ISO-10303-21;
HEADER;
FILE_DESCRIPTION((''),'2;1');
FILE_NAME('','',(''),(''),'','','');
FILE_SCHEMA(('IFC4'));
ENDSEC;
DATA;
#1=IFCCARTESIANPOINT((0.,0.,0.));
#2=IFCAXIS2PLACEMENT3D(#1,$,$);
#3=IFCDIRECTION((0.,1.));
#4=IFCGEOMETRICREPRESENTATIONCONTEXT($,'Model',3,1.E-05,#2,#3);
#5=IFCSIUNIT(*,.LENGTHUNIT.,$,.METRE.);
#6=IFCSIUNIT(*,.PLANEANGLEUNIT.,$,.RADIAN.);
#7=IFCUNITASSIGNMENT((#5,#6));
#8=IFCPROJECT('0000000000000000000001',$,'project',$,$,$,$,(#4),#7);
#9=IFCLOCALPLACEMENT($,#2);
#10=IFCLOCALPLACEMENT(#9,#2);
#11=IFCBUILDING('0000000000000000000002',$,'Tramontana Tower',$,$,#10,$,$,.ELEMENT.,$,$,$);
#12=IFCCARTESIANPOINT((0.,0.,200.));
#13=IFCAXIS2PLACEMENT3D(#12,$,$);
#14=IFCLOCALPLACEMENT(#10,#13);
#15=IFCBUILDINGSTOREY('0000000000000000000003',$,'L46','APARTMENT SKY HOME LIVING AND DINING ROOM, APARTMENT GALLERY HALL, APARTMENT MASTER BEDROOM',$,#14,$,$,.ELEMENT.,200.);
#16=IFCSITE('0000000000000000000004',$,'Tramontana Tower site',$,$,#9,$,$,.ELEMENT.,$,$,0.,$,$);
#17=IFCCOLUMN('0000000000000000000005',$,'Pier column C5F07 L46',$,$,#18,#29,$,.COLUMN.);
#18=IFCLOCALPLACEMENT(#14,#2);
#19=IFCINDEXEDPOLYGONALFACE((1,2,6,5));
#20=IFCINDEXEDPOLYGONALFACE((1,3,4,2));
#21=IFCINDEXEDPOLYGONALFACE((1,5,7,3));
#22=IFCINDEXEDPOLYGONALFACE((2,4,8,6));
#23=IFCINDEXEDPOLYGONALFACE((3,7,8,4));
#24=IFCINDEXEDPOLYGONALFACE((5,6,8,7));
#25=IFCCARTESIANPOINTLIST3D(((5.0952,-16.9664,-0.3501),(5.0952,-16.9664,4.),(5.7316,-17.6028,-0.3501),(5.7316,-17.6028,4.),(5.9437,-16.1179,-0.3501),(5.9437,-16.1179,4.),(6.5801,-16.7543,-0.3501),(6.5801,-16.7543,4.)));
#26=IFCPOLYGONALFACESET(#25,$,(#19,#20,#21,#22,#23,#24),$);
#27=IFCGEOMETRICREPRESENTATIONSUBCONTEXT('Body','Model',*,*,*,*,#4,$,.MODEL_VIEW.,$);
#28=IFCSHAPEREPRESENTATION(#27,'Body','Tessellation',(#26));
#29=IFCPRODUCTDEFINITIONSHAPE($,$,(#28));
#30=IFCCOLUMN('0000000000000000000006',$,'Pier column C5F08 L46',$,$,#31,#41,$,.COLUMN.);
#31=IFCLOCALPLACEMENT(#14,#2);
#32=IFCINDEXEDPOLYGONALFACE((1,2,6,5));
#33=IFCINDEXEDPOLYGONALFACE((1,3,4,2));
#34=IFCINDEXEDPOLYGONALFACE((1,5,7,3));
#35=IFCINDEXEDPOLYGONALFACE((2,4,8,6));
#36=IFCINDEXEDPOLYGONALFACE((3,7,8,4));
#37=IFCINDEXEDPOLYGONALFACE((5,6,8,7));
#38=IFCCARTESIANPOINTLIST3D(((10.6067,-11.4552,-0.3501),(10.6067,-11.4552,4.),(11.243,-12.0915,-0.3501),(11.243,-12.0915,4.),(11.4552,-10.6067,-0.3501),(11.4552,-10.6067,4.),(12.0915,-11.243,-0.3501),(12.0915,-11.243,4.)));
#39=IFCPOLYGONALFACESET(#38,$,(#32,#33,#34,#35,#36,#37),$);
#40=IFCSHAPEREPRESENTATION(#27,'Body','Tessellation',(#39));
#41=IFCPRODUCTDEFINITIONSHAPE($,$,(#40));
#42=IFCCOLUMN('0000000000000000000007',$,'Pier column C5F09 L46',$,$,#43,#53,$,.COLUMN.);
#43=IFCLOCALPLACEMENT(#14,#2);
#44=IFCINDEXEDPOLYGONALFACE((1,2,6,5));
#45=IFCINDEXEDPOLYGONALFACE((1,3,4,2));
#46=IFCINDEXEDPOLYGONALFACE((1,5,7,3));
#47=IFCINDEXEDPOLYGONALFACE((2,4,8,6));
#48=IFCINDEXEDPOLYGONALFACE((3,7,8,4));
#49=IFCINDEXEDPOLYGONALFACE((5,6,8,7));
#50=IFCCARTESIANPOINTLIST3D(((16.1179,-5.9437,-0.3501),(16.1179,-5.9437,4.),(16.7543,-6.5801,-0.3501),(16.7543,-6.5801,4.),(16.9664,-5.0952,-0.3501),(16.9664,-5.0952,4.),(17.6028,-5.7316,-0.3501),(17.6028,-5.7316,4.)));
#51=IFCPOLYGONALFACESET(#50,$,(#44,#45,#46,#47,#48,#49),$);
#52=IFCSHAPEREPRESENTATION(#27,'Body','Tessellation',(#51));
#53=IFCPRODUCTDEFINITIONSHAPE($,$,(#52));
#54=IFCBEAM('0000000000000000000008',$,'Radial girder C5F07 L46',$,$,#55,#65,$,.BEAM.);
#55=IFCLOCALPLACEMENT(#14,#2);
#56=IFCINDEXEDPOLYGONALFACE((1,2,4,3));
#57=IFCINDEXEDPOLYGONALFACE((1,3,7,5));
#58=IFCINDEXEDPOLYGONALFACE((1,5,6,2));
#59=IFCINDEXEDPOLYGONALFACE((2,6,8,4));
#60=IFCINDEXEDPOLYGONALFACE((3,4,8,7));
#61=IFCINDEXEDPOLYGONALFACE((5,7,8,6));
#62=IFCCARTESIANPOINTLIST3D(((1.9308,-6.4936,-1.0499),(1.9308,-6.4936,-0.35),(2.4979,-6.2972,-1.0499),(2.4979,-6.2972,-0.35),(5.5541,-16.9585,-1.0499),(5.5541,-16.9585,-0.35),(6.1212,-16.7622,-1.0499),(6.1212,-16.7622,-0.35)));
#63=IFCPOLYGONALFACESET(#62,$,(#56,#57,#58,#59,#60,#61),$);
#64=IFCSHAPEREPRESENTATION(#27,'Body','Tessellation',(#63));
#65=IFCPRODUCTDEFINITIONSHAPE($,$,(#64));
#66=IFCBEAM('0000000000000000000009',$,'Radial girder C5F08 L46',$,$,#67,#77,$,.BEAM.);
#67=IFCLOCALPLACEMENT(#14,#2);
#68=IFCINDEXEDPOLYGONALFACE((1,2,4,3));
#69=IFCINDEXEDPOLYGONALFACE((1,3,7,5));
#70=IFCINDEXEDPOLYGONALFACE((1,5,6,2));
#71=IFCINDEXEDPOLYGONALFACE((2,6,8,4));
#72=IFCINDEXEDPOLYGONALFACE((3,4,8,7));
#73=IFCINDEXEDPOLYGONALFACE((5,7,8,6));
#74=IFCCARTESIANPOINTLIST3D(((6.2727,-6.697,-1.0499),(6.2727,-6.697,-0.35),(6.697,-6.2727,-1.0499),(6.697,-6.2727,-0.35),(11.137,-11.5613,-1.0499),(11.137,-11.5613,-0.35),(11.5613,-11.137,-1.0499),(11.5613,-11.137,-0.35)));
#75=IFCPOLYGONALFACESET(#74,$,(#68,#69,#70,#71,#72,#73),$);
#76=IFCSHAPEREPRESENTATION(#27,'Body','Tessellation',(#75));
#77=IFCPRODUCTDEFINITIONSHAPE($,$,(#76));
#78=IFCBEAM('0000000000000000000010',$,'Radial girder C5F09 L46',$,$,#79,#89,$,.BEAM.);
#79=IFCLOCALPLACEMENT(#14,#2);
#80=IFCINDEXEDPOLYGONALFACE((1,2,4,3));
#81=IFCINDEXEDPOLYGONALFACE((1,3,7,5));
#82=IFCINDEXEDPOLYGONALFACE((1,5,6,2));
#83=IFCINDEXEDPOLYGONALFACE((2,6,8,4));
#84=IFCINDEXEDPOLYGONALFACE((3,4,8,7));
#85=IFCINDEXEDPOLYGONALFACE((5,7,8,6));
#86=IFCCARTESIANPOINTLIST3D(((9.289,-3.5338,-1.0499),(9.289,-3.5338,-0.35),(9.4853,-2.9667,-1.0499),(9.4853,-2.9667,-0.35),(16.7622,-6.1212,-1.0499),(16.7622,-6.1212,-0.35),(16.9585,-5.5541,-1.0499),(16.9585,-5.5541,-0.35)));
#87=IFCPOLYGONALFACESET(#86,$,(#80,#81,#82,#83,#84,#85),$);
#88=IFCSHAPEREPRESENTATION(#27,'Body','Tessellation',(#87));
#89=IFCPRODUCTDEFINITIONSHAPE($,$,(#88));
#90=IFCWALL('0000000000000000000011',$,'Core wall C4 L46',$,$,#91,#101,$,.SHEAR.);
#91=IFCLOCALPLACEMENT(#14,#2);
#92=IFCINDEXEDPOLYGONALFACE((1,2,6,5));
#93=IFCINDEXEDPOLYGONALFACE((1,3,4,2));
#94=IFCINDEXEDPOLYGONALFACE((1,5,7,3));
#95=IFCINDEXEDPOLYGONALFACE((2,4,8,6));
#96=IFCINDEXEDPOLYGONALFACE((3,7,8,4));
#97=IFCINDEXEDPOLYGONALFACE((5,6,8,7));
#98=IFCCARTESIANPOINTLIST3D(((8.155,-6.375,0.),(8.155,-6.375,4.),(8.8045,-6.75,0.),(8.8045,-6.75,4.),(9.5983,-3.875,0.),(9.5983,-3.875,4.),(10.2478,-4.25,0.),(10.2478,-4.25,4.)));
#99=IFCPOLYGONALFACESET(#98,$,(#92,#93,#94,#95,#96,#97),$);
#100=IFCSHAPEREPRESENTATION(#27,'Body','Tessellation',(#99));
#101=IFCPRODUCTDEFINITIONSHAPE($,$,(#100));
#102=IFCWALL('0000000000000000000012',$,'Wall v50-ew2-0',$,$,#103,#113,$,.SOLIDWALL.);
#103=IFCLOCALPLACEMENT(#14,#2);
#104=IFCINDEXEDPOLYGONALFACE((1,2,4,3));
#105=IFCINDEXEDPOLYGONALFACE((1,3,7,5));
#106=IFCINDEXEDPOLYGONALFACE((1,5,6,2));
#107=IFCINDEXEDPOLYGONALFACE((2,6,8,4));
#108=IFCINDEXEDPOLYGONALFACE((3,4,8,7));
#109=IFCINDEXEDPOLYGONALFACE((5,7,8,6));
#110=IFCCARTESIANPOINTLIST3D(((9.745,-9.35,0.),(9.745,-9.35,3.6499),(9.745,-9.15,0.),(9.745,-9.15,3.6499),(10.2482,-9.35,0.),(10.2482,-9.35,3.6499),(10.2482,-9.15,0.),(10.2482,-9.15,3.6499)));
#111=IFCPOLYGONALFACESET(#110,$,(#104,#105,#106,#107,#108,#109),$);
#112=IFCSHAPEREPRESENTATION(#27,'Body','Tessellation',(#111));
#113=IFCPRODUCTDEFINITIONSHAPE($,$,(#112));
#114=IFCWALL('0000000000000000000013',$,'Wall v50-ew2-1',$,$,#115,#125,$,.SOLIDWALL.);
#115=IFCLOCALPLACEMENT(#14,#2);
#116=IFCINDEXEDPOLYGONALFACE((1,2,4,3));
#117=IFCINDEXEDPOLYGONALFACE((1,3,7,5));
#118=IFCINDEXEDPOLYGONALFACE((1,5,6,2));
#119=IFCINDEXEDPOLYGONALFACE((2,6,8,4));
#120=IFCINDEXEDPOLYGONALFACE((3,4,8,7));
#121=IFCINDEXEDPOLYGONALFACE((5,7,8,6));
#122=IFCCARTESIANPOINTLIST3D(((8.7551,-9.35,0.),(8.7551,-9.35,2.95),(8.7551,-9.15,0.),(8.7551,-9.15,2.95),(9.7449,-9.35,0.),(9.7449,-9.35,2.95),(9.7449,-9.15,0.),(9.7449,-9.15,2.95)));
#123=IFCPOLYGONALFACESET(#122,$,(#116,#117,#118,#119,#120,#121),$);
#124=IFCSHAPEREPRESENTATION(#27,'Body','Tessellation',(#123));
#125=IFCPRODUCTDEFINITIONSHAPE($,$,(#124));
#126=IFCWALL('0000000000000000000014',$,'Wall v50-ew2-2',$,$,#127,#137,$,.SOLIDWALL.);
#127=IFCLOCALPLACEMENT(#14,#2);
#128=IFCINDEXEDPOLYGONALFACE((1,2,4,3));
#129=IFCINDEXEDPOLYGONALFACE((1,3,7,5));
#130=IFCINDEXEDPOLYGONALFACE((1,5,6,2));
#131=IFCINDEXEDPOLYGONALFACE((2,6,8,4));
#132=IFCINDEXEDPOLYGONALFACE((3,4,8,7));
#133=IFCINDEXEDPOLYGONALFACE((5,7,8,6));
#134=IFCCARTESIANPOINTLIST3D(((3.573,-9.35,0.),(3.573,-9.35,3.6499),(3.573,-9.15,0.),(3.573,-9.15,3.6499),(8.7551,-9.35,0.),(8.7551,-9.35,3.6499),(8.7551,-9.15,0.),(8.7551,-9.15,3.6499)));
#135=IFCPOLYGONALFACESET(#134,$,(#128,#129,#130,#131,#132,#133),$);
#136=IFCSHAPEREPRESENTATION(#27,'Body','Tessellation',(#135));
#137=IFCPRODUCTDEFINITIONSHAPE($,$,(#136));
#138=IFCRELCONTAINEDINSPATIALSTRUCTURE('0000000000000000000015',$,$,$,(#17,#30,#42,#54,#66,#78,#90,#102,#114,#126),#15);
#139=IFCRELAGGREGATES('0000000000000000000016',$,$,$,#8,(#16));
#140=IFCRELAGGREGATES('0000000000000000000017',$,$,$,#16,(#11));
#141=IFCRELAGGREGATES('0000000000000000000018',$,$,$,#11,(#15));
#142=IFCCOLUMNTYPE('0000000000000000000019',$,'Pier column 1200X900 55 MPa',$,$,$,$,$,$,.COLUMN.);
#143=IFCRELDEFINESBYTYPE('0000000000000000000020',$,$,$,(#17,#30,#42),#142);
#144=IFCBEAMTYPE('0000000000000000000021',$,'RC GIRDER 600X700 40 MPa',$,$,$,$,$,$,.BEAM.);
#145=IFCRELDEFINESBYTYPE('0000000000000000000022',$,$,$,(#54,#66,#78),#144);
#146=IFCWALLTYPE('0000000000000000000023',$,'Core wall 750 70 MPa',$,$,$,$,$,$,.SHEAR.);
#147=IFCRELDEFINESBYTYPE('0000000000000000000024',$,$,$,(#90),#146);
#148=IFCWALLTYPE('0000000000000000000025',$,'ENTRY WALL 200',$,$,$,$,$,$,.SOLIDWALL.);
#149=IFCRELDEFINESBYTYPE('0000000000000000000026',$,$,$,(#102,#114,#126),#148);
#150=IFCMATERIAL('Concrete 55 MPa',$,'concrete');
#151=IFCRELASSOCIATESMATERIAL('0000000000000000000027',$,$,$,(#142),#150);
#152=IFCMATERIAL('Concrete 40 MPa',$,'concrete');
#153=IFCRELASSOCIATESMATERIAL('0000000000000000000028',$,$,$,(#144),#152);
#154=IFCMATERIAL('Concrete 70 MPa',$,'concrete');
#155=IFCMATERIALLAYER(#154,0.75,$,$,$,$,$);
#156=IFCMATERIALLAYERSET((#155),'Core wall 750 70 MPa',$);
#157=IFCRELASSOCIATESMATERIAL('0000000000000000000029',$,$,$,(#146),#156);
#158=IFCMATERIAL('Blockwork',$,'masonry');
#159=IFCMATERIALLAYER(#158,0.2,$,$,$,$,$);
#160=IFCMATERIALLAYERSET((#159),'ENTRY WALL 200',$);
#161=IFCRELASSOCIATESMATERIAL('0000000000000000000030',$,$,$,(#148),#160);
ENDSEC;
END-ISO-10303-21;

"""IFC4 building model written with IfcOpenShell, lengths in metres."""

from ifc_helpers import new_model, si_unit, direction, frame, frame_2d, origin, origin_2d, place, context, subcontext, project, spatial, rectangle, extrude, material, layer, layer_set, material_profile, profile_set, type_object, element, save


model = new_model("IFC4")

# Units and contexts
model_context = context("Model", 3, precision=1e-05, world=origin(), true_north=direction((0.0, 1.0)))
body_context = subcontext(model_context, "Body", "Model", "MODEL_VIEW")
ifc_project = project(units=[si_unit("LENGTHUNIT", "METRE"), si_unit("PLANEANGLEUNIT", "RADIAN")], contexts=[model_context])

# Site, building, storey
site_placement = place(None, origin())
site = spatial("IfcSite", under=ifc_project, at=site_placement, Name="Tramontana Tower site", CompositionType="ELEMENT", RefElevation=0.0)
building_placement = place(site_placement, origin())
building = spatial("IfcBuilding", under=site, at=building_placement, Name="Tramontana Tower", CompositionType="ELEMENT")
storey_placement = place(building_placement, frame((0.0, 0.0, 200.0)))
storey = spatial("IfcBuildingStorey", under=building, at=storey_placement, Name="L46", Description="APARTMENT SKY HOME LIVING AND DINING ROOM, APARTMENT GALLERY HALL, APARTMENT MASTER BEDROOM", CompositionType="ELEMENT", Elevation=200.0)

# Columns
ifc_material_1 = material(Name="Concrete 55 MPa", Category="concrete")
ifc_material_profile_1 = material_profile(ifc_material_1, rectangle(XDim=1.2, YDim=0.8999, at=origin_2d()), Name="Pier column 1200X900 55 MPa")
ifc_profile_set_1 = profile_set([ifc_material_profile_1], Name="Concrete 55 MPa")
column_type = type_object("IfcColumnType", Name="Pier column 1200X900 55 MPa", PredefinedType="COLUMN", material=ifc_profile_set_1)
for number, where, z_axis, x_axis, name in (
    (1, (5.8376, -16.8604, -0.3501), (0.0, 0.0, 1.0), (0.707107, 0.707107, 0.0), "Pier column C5F07 L46"),
    (2, (11.3491, -11.3491, -0.3501), (0.0, 0.0, 1.0), (0.707107, 0.707107, 0.0), "Pier column C5F08 L46"),
    (3, (16.8604, -5.8376, -0.3501), (0.0, 0.0, 1.0), (0.707107, 0.707107, 0.0), "Pier column C5F09 L46"),
):
    element("IfcColumn", number, at=place(storey_placement, frame(where, z_axis=z_axis, x_axis=x_axis)), inside=storey, type_object=column_type, Name=name, PredefinedType="COLUMN", context=body_context, shape_type="SweptSolid", body=[
        extrude(rectangle(XDim=1.2, YDim=0.8999, at=origin_2d()), origin(), (0.0, 0.0, 1.0), 4.3501),
    ])

# Beams
ifc_material_2 = material(Name="Concrete 40 MPa", Category="concrete")
ifc_material_profile_2 = material_profile(ifc_material_2, rectangle(XDim=0.6001, YDim=0.7, at=origin_2d()), Name="RC GIRDER 600X700 40 MPa")
ifc_profile_set_2 = profile_set([ifc_material_profile_2], Name="Concrete 40 MPa")
beam_type = type_object("IfcBeamType", Name="RC GIRDER 600X700 40 MPa", PredefinedType="BEAM", material=ifc_profile_set_2)
beam_1_placement = place(storey_placement, frame((5.8376, -16.8604, -0.7), z_axis=(-0.327179, 0.944962, 0.0), x_axis=(-0.944962, -0.327179, 0.0)))
element("IfcBeam", 4, at=beam_1_placement, inside=storey, type_object=beam_type, Name="Radial girder C5F07 L46", PredefinedType="BEAM", context=body_context, shape_type="SweptSolid", body=[
    extrude(rectangle(XDim=0.6001, YDim=0.7, at=origin_2d()), origin(), (0.0, 0.0, 1.0), 11.0745),
])
beam_2_placement = place(storey_placement, frame((11.3491, -11.3491, -0.7), z_axis=(-0.707107, 0.707107, 0.0), x_axis=(-0.707107, -0.707107, 0.0)))
element("IfcBeam", 5, at=beam_2_placement, inside=storey, type_object=beam_type, Name="Radial girder C5F08 L46", PredefinedType="BEAM", context=body_context, shape_type="SweptSolid", body=[
    extrude(rectangle(XDim=0.6001, YDim=0.7, at=origin_2d()), origin(), (0.0, 0.0, 1.0), 6.8792),
])
beam_3_placement = place(storey_placement, frame((16.8604, -5.8376, -0.7), z_axis=(-0.944965, 0.327172, 0.0), x_axis=(-0.327172, -0.944965, 0.0)))
element("IfcBeam", 6, at=beam_3_placement, inside=storey, type_object=beam_type, Name="Radial girder C5F09 L46", PredefinedType="BEAM", context=body_context, shape_type="SweptSolid", body=[
    extrude(rectangle(XDim=0.6001, YDim=0.7, at=origin_2d()), origin(), (0.0, 0.0, 1.0), 7.9084),
])

# Walls
ifc_material_3 = material(Name="Concrete 70 MPa", Category="concrete")
ifc_layer_1 = layer(ifc_material_3, 0.75)
ifc_layer_set_1 = layer_set([ifc_layer_1], Name="Core wall 750 70 MPa")
wall_type_1 = type_object("IfcWallType", Name="Core wall 750 70 MPa", PredefinedType="SHEAR", material=ifc_layer_set_1)
wall_1_placement = place(storey_placement, frame((8.4797, -6.5625, 0.0), z_axis=(0.0, 0.0, 1.0), x_axis=(0.499996, 0.866028, 0.0)))
element("IfcWall", 7, at=wall_1_placement, inside=storey, type_object=wall_type_1, Name="Core wall C4 L46", PredefinedType="SHEAR", context=body_context, shape_type="SweptSolid", body=[
    extrude(rectangle(XDim=2.8867, YDim=0.75, at=frame_2d((1.4434, 0.0))), origin(), (0.0, 0.0, 1.0), 4.0),
])
ifc_material_4 = material(Name="Blockwork", Category="masonry")
ifc_layer_2 = layer(ifc_material_4, 0.2)
ifc_layer_set_2 = layer_set([ifc_layer_2], Name="ENTRY WALL 200")
wall_type_2 = type_object("IfcWallType", Name="ENTRY WALL 200", PredefinedType="SOLIDWALL", material=ifc_layer_set_2)
wall_2_placement = place(storey_placement, frame((10.248, -9.25, 0.0), z_axis=(0.0, 0.0, 1.0), x_axis=(-1.0, 0.0, 0.0)))
element("IfcWall", 8, at=wall_2_placement, inside=storey, type_object=wall_type_2, Name="Wall v50-ew2-0", PredefinedType="SOLIDWALL", context=body_context, shape_type="SweptSolid", body=[
    extrude(rectangle(XDim=0.5032, YDim=0.2, at=frame_2d((0.2515, 0.0))), origin(), (0.0, 0.0, 1.0), 3.6499),
])
wall_3_placement = place(storey_placement, frame((9.7449, -9.25, 0.0), z_axis=(0.0, 0.0, 1.0), x_axis=(-1.0, 0.0, 0.0)))
element("IfcWall", 9, at=wall_3_placement, inside=storey, type_object=wall_type_2, Name="Wall v50-ew2-1", PredefinedType="SOLIDWALL", context=body_context, shape_type="SweptSolid", body=[
    extrude(rectangle(XDim=0.9897, YDim=0.2, at=frame_2d((0.4949, 0.0))), origin(), (0.0, 0.0, 1.0), 2.95),
])
wall_4_placement = place(storey_placement, frame((8.7551, -9.25, 0.0), z_axis=(0.0, 0.0, 1.0), x_axis=(-1.0, 0.0, 0.0)))
element("IfcWall", 10, at=wall_4_placement, inside=storey, type_object=wall_type_2, Name="Wall v50-ew2-2", PredefinedType="SOLIDWALL", context=body_context, shape_type="SweptSolid", body=[
    extrude(rectangle(XDim=5.1821, YDim=0.2, at=frame_2d((2.5911, 0.0))), origin(), (0.0, 0.0, 1.0), 3.6499),
])

save(model, "model.ifc")
